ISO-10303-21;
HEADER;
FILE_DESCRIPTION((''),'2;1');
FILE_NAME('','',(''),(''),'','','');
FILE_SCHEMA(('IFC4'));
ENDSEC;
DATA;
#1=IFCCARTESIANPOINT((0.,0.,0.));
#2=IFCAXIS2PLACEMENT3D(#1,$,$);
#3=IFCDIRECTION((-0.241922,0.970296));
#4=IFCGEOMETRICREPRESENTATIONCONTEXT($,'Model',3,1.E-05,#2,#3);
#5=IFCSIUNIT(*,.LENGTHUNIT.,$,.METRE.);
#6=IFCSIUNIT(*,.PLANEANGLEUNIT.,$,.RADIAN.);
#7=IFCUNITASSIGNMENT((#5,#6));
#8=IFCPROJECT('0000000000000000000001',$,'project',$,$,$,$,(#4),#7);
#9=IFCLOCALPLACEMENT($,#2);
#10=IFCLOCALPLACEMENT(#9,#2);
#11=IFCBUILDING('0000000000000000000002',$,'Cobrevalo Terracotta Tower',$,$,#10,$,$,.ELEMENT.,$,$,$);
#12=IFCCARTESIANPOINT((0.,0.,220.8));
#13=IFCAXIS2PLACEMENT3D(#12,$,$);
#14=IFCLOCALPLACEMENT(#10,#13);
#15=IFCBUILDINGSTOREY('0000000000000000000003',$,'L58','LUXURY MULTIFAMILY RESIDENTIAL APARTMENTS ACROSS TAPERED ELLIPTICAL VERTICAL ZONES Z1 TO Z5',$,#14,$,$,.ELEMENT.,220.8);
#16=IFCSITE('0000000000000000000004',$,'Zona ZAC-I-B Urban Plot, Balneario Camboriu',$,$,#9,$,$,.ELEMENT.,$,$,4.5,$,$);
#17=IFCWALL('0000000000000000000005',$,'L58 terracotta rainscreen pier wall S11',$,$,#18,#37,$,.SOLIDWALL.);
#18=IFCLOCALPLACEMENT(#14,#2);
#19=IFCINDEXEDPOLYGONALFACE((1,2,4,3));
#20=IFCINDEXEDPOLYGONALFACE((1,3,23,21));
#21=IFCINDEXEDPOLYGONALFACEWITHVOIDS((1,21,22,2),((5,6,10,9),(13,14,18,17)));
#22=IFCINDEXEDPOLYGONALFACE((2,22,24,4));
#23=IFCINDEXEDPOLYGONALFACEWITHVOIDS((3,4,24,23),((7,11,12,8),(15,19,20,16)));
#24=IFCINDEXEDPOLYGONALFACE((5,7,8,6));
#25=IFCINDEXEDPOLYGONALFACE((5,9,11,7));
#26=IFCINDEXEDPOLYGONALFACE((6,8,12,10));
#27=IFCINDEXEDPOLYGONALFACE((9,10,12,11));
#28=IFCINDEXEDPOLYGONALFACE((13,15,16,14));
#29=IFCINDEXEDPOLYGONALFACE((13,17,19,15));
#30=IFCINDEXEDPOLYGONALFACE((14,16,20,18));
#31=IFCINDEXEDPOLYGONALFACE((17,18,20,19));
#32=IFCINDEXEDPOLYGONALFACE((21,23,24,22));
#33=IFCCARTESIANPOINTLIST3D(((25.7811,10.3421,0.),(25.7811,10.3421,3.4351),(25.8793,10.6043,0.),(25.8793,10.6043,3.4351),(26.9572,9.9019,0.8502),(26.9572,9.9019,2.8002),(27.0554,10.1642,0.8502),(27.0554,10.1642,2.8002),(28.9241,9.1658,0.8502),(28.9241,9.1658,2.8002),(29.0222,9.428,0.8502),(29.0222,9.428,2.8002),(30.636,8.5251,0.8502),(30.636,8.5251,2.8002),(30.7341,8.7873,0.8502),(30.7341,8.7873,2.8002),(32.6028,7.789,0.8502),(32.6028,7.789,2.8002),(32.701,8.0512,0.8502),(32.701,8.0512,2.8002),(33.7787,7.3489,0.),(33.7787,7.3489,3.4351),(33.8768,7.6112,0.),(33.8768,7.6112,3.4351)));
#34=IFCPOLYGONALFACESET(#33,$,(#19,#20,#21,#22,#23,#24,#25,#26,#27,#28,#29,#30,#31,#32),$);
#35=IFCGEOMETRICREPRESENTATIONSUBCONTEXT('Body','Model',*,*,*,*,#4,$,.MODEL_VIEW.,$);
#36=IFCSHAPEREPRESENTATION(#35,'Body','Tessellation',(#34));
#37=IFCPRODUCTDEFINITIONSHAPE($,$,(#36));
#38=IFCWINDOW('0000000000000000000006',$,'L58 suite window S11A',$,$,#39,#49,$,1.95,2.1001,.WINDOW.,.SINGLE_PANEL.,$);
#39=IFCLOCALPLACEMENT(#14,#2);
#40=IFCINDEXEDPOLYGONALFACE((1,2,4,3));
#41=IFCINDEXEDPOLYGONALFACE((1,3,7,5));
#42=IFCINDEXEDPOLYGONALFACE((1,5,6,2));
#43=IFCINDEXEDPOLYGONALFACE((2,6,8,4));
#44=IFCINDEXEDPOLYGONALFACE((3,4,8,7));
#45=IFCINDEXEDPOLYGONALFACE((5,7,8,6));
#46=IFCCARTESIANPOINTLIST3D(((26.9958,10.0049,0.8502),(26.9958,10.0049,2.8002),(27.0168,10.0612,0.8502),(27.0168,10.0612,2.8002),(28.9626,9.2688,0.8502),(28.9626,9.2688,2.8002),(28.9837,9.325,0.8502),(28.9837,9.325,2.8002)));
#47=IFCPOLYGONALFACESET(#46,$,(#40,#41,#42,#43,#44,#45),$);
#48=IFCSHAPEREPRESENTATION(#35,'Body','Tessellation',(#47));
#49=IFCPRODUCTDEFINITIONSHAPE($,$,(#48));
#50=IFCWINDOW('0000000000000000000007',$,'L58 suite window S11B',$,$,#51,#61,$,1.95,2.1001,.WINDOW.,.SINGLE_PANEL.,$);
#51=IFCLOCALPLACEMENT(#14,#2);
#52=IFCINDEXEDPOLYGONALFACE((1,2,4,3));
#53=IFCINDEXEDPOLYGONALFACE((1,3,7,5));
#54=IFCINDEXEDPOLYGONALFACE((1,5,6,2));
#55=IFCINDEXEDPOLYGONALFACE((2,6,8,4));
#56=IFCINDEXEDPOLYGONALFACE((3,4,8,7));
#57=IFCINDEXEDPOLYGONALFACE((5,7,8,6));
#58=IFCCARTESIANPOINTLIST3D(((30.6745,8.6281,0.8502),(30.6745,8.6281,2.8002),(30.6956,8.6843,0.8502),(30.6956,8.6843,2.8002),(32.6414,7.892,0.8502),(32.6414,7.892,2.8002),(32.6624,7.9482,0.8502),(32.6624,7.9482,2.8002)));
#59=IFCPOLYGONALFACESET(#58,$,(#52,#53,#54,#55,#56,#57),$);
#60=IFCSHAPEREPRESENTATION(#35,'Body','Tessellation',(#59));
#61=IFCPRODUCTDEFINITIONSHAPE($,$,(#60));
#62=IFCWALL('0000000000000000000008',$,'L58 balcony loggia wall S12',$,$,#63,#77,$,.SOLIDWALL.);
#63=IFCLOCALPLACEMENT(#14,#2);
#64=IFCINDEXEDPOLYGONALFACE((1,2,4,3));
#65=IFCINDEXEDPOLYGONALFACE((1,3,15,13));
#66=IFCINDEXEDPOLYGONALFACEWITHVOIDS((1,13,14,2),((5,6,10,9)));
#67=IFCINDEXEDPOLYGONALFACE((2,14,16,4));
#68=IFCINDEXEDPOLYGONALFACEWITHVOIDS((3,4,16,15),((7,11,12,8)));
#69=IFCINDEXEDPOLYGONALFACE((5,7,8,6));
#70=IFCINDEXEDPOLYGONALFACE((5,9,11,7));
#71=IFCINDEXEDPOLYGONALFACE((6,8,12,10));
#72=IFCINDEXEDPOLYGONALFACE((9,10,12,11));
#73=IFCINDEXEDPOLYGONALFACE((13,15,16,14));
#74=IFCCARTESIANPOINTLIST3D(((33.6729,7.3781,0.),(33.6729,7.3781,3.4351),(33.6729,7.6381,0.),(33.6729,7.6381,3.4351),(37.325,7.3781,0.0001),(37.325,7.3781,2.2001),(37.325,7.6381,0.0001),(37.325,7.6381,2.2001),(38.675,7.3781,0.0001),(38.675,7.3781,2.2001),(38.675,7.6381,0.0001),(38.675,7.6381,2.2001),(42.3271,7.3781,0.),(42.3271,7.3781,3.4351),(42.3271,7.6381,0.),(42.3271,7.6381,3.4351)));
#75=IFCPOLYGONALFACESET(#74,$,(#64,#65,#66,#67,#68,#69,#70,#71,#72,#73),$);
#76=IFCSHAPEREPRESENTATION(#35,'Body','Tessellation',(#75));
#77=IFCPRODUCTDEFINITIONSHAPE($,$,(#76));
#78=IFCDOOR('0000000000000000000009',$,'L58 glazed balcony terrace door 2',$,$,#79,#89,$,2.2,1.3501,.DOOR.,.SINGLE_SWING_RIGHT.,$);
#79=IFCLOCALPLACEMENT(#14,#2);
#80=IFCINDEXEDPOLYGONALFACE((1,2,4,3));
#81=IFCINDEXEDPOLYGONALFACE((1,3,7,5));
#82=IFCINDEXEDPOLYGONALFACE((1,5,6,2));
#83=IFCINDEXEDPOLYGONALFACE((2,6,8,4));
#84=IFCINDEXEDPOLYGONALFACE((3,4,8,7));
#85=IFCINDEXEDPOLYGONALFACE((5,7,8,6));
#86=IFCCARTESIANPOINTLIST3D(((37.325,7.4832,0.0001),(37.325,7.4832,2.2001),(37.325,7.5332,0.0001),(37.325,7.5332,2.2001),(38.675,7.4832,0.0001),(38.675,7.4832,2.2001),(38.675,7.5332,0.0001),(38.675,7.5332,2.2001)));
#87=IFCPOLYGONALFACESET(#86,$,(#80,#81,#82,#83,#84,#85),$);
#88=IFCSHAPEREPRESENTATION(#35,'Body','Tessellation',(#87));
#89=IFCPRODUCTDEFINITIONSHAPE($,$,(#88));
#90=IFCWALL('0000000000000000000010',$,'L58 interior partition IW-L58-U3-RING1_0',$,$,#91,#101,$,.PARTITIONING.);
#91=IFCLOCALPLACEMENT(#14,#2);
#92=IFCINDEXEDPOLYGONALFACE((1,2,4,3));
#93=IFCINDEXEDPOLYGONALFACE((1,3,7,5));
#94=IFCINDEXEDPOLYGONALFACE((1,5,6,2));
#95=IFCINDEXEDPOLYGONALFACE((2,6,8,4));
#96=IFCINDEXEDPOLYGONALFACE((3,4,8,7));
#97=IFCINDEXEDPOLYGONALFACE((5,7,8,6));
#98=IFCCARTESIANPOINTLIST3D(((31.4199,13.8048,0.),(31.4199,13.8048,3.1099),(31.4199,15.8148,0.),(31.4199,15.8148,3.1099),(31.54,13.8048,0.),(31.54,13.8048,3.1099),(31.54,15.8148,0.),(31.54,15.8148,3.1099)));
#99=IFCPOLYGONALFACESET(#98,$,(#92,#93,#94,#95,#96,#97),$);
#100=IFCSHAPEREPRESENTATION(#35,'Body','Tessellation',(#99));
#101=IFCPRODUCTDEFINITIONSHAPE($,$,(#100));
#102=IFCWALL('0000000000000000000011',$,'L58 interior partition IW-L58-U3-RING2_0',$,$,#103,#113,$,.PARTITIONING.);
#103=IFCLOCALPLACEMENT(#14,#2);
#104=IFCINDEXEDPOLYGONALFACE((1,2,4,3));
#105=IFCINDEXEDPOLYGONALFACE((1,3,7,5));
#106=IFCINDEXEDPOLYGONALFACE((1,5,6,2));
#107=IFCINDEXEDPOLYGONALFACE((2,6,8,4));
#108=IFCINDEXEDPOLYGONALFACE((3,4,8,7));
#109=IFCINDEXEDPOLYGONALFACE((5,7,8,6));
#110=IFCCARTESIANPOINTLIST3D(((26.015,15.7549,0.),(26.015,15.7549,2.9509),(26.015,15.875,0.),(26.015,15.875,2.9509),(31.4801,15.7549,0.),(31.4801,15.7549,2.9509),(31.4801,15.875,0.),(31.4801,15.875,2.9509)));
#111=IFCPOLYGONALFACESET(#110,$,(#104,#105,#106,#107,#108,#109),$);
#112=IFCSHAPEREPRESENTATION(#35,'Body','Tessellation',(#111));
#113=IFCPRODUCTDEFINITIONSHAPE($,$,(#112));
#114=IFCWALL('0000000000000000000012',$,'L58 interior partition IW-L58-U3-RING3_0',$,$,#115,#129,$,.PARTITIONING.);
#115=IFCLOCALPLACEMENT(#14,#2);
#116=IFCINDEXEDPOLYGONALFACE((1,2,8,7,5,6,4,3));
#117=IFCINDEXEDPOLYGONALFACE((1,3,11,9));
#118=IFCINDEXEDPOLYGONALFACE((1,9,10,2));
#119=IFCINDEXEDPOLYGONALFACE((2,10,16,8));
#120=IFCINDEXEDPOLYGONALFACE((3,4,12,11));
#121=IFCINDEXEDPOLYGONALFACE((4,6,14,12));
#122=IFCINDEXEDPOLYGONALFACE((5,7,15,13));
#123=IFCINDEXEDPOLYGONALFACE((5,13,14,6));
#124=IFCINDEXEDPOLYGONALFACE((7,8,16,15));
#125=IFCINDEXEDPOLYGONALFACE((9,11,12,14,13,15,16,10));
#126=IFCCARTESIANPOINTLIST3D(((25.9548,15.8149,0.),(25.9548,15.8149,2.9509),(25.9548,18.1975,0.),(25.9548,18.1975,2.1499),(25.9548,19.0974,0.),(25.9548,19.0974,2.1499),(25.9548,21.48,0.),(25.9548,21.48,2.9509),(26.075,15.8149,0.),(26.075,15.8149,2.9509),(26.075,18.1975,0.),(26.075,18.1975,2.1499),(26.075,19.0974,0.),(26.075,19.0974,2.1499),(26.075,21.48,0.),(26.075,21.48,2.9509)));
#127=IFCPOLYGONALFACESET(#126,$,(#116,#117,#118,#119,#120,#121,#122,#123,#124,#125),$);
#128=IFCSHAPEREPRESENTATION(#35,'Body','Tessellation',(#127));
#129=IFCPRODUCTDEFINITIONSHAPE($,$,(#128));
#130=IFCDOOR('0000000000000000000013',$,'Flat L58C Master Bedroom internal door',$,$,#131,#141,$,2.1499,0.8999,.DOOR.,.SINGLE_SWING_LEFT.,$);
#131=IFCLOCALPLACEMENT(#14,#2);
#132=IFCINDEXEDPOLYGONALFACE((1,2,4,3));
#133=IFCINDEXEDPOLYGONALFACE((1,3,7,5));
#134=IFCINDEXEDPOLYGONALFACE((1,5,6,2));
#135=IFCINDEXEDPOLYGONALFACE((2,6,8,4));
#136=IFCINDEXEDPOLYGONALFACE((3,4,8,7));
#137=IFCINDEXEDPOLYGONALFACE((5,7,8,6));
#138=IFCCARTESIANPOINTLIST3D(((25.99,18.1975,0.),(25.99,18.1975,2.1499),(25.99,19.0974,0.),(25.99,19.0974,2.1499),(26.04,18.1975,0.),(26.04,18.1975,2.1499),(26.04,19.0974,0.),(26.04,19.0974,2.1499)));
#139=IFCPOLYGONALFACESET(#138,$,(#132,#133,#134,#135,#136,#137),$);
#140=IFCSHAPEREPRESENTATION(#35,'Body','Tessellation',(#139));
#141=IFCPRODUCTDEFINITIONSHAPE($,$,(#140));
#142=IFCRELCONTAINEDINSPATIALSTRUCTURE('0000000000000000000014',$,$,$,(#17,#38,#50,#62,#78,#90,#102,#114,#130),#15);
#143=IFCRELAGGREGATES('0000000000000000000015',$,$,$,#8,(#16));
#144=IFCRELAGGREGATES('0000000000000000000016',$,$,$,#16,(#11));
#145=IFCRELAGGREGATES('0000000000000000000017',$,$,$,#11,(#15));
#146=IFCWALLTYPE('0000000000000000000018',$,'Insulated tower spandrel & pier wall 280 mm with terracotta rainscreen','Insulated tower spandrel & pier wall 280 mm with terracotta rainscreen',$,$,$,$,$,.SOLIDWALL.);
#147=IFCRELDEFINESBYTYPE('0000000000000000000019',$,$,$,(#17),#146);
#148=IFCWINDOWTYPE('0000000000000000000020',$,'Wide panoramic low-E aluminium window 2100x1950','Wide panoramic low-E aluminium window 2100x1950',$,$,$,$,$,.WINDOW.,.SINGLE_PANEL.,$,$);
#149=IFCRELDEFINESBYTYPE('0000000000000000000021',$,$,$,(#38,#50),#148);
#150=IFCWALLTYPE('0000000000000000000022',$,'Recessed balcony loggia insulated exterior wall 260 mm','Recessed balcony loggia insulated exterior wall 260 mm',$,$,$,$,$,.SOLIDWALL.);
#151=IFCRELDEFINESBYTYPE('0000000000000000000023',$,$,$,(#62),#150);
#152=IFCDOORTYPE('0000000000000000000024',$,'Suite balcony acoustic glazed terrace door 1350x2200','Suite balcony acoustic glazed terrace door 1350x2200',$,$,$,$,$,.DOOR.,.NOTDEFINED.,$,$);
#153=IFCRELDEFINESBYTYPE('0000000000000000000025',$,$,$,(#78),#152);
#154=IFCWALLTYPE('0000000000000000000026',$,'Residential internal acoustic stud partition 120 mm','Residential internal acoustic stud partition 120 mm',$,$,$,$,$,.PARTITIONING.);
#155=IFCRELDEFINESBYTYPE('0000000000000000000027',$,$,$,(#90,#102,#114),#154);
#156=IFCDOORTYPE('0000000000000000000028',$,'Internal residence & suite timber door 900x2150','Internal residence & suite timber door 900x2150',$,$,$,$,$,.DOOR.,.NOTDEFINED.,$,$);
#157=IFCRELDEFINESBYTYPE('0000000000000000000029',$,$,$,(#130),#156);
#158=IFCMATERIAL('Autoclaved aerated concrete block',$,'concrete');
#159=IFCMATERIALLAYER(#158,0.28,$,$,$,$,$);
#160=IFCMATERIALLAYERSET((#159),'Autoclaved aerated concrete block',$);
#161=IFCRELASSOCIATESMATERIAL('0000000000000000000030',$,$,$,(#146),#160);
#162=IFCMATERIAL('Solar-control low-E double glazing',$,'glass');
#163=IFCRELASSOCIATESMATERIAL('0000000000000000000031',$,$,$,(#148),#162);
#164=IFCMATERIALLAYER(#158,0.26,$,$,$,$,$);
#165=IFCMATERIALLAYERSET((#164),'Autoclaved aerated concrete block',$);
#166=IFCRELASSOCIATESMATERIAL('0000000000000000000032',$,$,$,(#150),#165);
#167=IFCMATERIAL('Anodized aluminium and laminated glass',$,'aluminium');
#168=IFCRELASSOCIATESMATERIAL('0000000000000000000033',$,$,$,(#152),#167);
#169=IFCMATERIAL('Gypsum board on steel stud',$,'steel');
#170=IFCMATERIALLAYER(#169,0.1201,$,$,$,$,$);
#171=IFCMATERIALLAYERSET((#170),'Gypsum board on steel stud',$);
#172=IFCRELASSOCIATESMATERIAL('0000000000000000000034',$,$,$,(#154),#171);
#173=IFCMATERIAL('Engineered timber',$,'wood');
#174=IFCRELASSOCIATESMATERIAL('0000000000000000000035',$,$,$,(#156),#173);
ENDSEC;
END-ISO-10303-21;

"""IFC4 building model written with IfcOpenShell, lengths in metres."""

from ifc_helpers import new_model, si_unit, direction, frame, frame_2d, origin, place, context, subcontext, project, spatial, rectangle, extrude, source, transform, mapped, material, layer, layer_set, type_object, element, fill, save


model = new_model("IFC4")

# Units and contexts
model_context = context("Model", 3, precision=1e-05, world=origin(), true_north=direction((-0.241922, 0.970296)))
body_context = subcontext(model_context, "Body", "Model", "MODEL_VIEW")
ifc_project = project(units=[si_unit("LENGTHUNIT", "METRE"), si_unit("PLANEANGLEUNIT", "RADIAN")], contexts=[model_context])

# Site, building, storey
site_placement = place(None, origin())
site = spatial("IfcSite", under=ifc_project, at=site_placement, Name="Zona ZAC-I-B Urban Plot, Balneario Camboriu", CompositionType="ELEMENT", RefElevation=4.5)
building_placement = place(site_placement, origin())
building = spatial("IfcBuilding", under=site, at=building_placement, Name="Cobrevalo Terracotta Tower", CompositionType="ELEMENT")
storey_placement = place(building_placement, frame((0.0, 0.0, 220.8)))
storey = spatial("IfcBuildingStorey", under=building, at=storey_placement, Name="L58", Description="LUXURY MULTIFAMILY RESIDENTIAL APARTMENTS ACROSS TAPERED ELLIPTICAL VERTICAL ZONES Z1 TO Z5", CompositionType="ELEMENT", Elevation=220.8)

# Shared definitions
ifc_material_1 = material(Name="Solar-control low-E double glazing", Category="glass")

# Wall, openings, windows
ifc_material_2 = material(Name="Autoclaved aerated concrete block", Category="concrete")
ifc_layer_1 = layer(ifc_material_2, 0.28)
ifc_layer_set_1 = layer_set([ifc_layer_1], Name="Autoclaved aerated concrete block")
wall_type_1 = type_object("IfcWallType", Name="Insulated tower spandrel & pier wall 280 mm with terracotta rainscreen", Description="Insulated tower spandrel & pier wall 280 mm with terracotta rainscreen", PredefinedType="SOLIDWALL", material=ifc_layer_set_1)
wall_1_placement = place(storey_placement, frame((25.8303, 10.4731, 0.0), z_axis=(0.0, 0.0, 1.0), x_axis=(0.936557, -0.350516, 0.0)))
wall_1 = element("IfcWall", 1, at=wall_1_placement, inside=storey, type_object=wall_type_1, Name="L58 terracotta rainscreen pier wall S11", PredefinedType="SOLIDWALL", context=body_context, shape_type="SweptSolid", body=[
    extrude(rectangle(XDim=8.5393, YDim=0.28, at=frame_2d((4.2695, 0.0))), origin(), (0.0, 0.0, 1.0), 3.4351),
])
opening_1_placement = place(wall_1_placement, frame((1.2556, 0.0, 0.8501)))
opening_1 = element("IfcOpeningElement", 2, at=opening_1_placement, cuts=wall_1, PredefinedType="OPENING", context=body_context, shape_type="SweptSolid", body=[
    extrude(rectangle(XDim=2.1001, YDim=1.95, at=frame_2d((1.05, 0.9751))), frame((0.0, 0.1499, 0.0), z_axis=(0.0, -1.0, 0.0), x_axis=(1.0, 0.0, 0.0)), (0.0, 0.0, 1.0), 0.3),
])
opening_2_placement = place(wall_1_placement, frame((5.1836, 0.0, 0.8501)))
opening_2 = element("IfcOpeningElement", 3, at=opening_2_placement, cuts=wall_1, PredefinedType="OPENING", context=body_context, shape_type="SweptSolid", body=[
    extrude(rectangle(XDim=2.1001, YDim=1.95, at=frame_2d((1.05, 0.9751))), frame((0.0, 0.1499, 0.0), z_axis=(0.0, -1.0, 0.0), x_axis=(1.0, 0.0, 0.0)), (0.0, 0.0, 1.0), 0.3),
])
window_type = type_object("IfcWindowType", Name="Wide panoramic low-E aluminium window 2100x1950", Description="Wide panoramic low-E aluminium window 2100x1950", PartitioningType="SINGLE_PANEL", PredefinedType="WINDOW", material=ifc_material_1)
shared_shape_1 = source(origin(), body_context, "Body", "SweptSolid", [
    extrude(rectangle(XDim=2.1001, YDim=1.95, at=frame_2d((1.05, 0.9751))), frame((0.0, 0.03, 0.0), z_axis=(0.0, -1.0, 0.0), x_axis=(1.0, 0.0, 0.0)), (0.0, 0.0, 1.0), 0.0601),
])
window_1_placement = place(opening_1_placement, origin())
window_1 = element("IfcWindow", 4, at=window_1_placement, inside=storey, type_object=window_type, Name="L58 suite window S11A", OverallHeight=1.95, OverallWidth=2.1001, PartitioningType="SINGLE_PANEL", PredefinedType="WINDOW", context=body_context, shape_type="MappedRepresentation", body=[
    mapped(shared_shape_1, transform((0.0, 0.0, 0.0), scale=1.0)),
])
fill(opening_1, window_1)
window_2_placement = place(opening_2_placement, origin())
window_2 = element("IfcWindow", 5, at=window_2_placement, inside=storey, type_object=window_type, Name="L58 suite window S11B", OverallHeight=1.95, OverallWidth=2.1001, PartitioningType="SINGLE_PANEL", PredefinedType="WINDOW", context=body_context, shape_type="MappedRepresentation", body=[
    mapped(shared_shape_1, transform((0.0, 0.0, 0.0), scale=1.0)),
])
fill(opening_2, window_2)

# Wall, opening, door
ifc_layer_2 = layer(ifc_material_2, 0.26)
ifc_layer_set_2 = layer_set([ifc_layer_2], Name="Autoclaved aerated concrete block")
wall_type_2 = type_object("IfcWallType", Name="Recessed balcony loggia insulated exterior wall 260 mm", Description="Recessed balcony loggia insulated exterior wall 260 mm", PredefinedType="SOLIDWALL", material=ifc_layer_set_2)
wall_2_placement = place(storey_placement, frame((33.6729, 7.5081, 0.0), z_axis=(0.0, 0.0, 1.0), x_axis=(1.0, 0.0, 0.0)))
wall_2 = element("IfcWall", 6, at=wall_2_placement, inside=storey, type_object=wall_type_2, Name="L58 balcony loggia wall S12", PredefinedType="SOLIDWALL", context=body_context, shape_type="SweptSolid", body=[
    extrude(rectangle(XDim=8.6543, YDim=0.26, at=frame_2d((4.3271, 0.0))), origin(), (0.0, 0.0, 1.0), 3.4351),
])
opening_3_placement = place(wall_2_placement, frame((3.6521, 0.0, 0.0)))
opening_3 = element("IfcOpeningElement", 7, at=opening_3_placement, cuts=wall_2, PredefinedType="OPENING", context=body_context, shape_type="SweptSolid", body=[
    extrude(rectangle(XDim=1.3501, YDim=2.2, at=frame_2d((0.675, 1.1001))), frame((0.0, 0.1401, 0.0), z_axis=(0.0, -1.0, 0.0), x_axis=(1.0, 0.0, 0.0)), (0.0, 0.0, 1.0), 0.28),
])
ifc_material_3 = material(Name="Anodized aluminium and laminated glass", Category="aluminium")
door_type_1 = type_object("IfcDoorType", Name="Suite balcony acoustic glazed terrace door 1350x2200", Description="Suite balcony acoustic glazed terrace door 1350x2200", OperationType="NOTDEFINED", PredefinedType="DOOR", material=ifc_material_3)
shared_shape_2 = source(origin(), body_context, "Body", "SweptSolid", [
    extrude(rectangle(XDim=1.3501, YDim=2.2, at=frame_2d((0.675, 1.1001))), frame((0.0, 0.0249, 0.0), z_axis=(0.0, -1.0, 0.0), x_axis=(1.0, 0.0, 0.0)), (0.0, 0.0, 1.0), 0.05),
])
door_1_placement = place(opening_3_placement, frame((1.3501, 0.0, 0.0), z_axis=(0.0, 0.0, 1.0), x_axis=(-1.0, 0.0, 0.0)))
door_1 = element("IfcDoor", 8, at=door_1_placement, inside=storey, type_object=door_type_1, Name="L58 glazed balcony terrace door 2", OperationType="SINGLE_SWING_RIGHT", OverallHeight=2.2, OverallWidth=1.3501, PredefinedType="DOOR", context=body_context, shape_type="MappedRepresentation", body=[
    mapped(shared_shape_2, transform((0.0, 0.0, 0.0), scale=1.0)),
])
fill(opening_3, door_1)

# Walls
ifc_material_4 = material(Name="Gypsum board on steel stud", Category="steel")
ifc_layer_3 = layer(ifc_material_4, 0.1201)
ifc_layer_set_3 = layer_set([ifc_layer_3], Name="Gypsum board on steel stud")
wall_type_3 = type_object("IfcWallType", Name="Residential internal acoustic stud partition 120 mm", Description="Residential internal acoustic stud partition 120 mm", PredefinedType="PARTITIONING", material=ifc_layer_set_3)
wall_3_placement = place(storey_placement, frame((31.48, 13.8049, 0.0), z_axis=(0.0, 0.0, 1.0), x_axis=(0.0, 1.0, 0.0)))
element("IfcWall", 9, at=wall_3_placement, inside=storey, type_object=wall_type_3, Name="L58 interior partition IW-L58-U3-RING1_0", PredefinedType="PARTITIONING", context=body_context, shape_type="SweptSolid", body=[
    extrude(rectangle(XDim=2.01, YDim=0.1201, at=frame_2d((1.0049, 0.0))), origin(), (0.0, 0.0, 1.0), 3.1099),
])
wall_4_placement = place(storey_placement, frame((31.48, 15.8149, 0.0), z_axis=(0.0, 0.0, 1.0), x_axis=(-1.0, 0.0, 0.0)))
element("IfcWall", 10, at=wall_4_placement, inside=storey, type_object=wall_type_3, Name="L58 interior partition IW-L58-U3-RING2_0", PredefinedType="PARTITIONING", context=body_context, shape_type="SweptSolid", body=[
    extrude(rectangle(XDim=5.4651, YDim=0.1201, at=frame_2d((2.7324, 0.0))), origin(), (0.0, 0.0, 1.0), 2.9509),
])

# Wall, opening, door
wall_5_placement = place(storey_placement, frame((26.0149, 15.8149, 0.0), z_axis=(0.0, 0.0, 1.0), x_axis=(0.0, 1.0, 0.0)))
wall_5 = element("IfcWall", 11, at=wall_5_placement, inside=storey, type_object=wall_type_3, Name="L58 interior partition IW-L58-U3-RING3_0", PredefinedType="PARTITIONING", context=body_context, shape_type="SweptSolid", body=[
    extrude(rectangle(XDim=5.665, YDim=0.1201, at=frame_2d((2.8325, 0.0))), origin(), (0.0, 0.0, 1.0), 2.9509),
])
opening_4_placement = place(wall_5_placement, frame((2.3826, 0.0, 0.0)))
opening_4 = element("IfcOpeningElement", 12, at=opening_4_placement, cuts=wall_5, PredefinedType="OPENING", context=body_context, shape_type="SweptSolid", body=[
    extrude(rectangle(XDim=0.8999, YDim=2.1499, at=frame_2d((0.45, 1.075))), frame((0.0, 0.0701, 0.0), z_axis=(0.0, -1.0, 0.0), x_axis=(1.0, 0.0, 0.0)), (0.0, 0.0, 1.0), 0.1401),
])
ifc_material_5 = material(Name="Engineered timber", Category="wood")
door_type_2 = type_object("IfcDoorType", Name="Internal residence & suite timber door 900x2150", Description="Internal residence & suite timber door 900x2150", OperationType="NOTDEFINED", PredefinedType="DOOR", material=ifc_material_5)
shared_shape_3 = source(origin(), body_context, "Body", "SweptSolid", [
    extrude(rectangle(XDim=0.8999, YDim=2.1499, at=frame_2d((0.45, 1.075))), frame((0.0, 0.0249, 0.0), z_axis=(0.0, -1.0, 0.0), x_axis=(1.0, 0.0, 0.0)), (0.0, 0.0, 1.0), 0.05),
])
door_2_placement = place(opening_4_placement, origin())
door_2 = element("IfcDoor", 13, at=door_2_placement, inside=storey, type_object=door_type_2, Name="Flat L58C Master Bedroom internal door", OperationType="SINGLE_SWING_LEFT", OverallHeight=2.1499, OverallWidth=0.8999, PredefinedType="DOOR", context=body_context, shape_type="MappedRepresentation", body=[
    mapped(shared_shape_3, transform((0.0, 0.0, 0.0), scale=1.0)),
])
fill(opening_4, door_2)

save(model, "model.ifc")
